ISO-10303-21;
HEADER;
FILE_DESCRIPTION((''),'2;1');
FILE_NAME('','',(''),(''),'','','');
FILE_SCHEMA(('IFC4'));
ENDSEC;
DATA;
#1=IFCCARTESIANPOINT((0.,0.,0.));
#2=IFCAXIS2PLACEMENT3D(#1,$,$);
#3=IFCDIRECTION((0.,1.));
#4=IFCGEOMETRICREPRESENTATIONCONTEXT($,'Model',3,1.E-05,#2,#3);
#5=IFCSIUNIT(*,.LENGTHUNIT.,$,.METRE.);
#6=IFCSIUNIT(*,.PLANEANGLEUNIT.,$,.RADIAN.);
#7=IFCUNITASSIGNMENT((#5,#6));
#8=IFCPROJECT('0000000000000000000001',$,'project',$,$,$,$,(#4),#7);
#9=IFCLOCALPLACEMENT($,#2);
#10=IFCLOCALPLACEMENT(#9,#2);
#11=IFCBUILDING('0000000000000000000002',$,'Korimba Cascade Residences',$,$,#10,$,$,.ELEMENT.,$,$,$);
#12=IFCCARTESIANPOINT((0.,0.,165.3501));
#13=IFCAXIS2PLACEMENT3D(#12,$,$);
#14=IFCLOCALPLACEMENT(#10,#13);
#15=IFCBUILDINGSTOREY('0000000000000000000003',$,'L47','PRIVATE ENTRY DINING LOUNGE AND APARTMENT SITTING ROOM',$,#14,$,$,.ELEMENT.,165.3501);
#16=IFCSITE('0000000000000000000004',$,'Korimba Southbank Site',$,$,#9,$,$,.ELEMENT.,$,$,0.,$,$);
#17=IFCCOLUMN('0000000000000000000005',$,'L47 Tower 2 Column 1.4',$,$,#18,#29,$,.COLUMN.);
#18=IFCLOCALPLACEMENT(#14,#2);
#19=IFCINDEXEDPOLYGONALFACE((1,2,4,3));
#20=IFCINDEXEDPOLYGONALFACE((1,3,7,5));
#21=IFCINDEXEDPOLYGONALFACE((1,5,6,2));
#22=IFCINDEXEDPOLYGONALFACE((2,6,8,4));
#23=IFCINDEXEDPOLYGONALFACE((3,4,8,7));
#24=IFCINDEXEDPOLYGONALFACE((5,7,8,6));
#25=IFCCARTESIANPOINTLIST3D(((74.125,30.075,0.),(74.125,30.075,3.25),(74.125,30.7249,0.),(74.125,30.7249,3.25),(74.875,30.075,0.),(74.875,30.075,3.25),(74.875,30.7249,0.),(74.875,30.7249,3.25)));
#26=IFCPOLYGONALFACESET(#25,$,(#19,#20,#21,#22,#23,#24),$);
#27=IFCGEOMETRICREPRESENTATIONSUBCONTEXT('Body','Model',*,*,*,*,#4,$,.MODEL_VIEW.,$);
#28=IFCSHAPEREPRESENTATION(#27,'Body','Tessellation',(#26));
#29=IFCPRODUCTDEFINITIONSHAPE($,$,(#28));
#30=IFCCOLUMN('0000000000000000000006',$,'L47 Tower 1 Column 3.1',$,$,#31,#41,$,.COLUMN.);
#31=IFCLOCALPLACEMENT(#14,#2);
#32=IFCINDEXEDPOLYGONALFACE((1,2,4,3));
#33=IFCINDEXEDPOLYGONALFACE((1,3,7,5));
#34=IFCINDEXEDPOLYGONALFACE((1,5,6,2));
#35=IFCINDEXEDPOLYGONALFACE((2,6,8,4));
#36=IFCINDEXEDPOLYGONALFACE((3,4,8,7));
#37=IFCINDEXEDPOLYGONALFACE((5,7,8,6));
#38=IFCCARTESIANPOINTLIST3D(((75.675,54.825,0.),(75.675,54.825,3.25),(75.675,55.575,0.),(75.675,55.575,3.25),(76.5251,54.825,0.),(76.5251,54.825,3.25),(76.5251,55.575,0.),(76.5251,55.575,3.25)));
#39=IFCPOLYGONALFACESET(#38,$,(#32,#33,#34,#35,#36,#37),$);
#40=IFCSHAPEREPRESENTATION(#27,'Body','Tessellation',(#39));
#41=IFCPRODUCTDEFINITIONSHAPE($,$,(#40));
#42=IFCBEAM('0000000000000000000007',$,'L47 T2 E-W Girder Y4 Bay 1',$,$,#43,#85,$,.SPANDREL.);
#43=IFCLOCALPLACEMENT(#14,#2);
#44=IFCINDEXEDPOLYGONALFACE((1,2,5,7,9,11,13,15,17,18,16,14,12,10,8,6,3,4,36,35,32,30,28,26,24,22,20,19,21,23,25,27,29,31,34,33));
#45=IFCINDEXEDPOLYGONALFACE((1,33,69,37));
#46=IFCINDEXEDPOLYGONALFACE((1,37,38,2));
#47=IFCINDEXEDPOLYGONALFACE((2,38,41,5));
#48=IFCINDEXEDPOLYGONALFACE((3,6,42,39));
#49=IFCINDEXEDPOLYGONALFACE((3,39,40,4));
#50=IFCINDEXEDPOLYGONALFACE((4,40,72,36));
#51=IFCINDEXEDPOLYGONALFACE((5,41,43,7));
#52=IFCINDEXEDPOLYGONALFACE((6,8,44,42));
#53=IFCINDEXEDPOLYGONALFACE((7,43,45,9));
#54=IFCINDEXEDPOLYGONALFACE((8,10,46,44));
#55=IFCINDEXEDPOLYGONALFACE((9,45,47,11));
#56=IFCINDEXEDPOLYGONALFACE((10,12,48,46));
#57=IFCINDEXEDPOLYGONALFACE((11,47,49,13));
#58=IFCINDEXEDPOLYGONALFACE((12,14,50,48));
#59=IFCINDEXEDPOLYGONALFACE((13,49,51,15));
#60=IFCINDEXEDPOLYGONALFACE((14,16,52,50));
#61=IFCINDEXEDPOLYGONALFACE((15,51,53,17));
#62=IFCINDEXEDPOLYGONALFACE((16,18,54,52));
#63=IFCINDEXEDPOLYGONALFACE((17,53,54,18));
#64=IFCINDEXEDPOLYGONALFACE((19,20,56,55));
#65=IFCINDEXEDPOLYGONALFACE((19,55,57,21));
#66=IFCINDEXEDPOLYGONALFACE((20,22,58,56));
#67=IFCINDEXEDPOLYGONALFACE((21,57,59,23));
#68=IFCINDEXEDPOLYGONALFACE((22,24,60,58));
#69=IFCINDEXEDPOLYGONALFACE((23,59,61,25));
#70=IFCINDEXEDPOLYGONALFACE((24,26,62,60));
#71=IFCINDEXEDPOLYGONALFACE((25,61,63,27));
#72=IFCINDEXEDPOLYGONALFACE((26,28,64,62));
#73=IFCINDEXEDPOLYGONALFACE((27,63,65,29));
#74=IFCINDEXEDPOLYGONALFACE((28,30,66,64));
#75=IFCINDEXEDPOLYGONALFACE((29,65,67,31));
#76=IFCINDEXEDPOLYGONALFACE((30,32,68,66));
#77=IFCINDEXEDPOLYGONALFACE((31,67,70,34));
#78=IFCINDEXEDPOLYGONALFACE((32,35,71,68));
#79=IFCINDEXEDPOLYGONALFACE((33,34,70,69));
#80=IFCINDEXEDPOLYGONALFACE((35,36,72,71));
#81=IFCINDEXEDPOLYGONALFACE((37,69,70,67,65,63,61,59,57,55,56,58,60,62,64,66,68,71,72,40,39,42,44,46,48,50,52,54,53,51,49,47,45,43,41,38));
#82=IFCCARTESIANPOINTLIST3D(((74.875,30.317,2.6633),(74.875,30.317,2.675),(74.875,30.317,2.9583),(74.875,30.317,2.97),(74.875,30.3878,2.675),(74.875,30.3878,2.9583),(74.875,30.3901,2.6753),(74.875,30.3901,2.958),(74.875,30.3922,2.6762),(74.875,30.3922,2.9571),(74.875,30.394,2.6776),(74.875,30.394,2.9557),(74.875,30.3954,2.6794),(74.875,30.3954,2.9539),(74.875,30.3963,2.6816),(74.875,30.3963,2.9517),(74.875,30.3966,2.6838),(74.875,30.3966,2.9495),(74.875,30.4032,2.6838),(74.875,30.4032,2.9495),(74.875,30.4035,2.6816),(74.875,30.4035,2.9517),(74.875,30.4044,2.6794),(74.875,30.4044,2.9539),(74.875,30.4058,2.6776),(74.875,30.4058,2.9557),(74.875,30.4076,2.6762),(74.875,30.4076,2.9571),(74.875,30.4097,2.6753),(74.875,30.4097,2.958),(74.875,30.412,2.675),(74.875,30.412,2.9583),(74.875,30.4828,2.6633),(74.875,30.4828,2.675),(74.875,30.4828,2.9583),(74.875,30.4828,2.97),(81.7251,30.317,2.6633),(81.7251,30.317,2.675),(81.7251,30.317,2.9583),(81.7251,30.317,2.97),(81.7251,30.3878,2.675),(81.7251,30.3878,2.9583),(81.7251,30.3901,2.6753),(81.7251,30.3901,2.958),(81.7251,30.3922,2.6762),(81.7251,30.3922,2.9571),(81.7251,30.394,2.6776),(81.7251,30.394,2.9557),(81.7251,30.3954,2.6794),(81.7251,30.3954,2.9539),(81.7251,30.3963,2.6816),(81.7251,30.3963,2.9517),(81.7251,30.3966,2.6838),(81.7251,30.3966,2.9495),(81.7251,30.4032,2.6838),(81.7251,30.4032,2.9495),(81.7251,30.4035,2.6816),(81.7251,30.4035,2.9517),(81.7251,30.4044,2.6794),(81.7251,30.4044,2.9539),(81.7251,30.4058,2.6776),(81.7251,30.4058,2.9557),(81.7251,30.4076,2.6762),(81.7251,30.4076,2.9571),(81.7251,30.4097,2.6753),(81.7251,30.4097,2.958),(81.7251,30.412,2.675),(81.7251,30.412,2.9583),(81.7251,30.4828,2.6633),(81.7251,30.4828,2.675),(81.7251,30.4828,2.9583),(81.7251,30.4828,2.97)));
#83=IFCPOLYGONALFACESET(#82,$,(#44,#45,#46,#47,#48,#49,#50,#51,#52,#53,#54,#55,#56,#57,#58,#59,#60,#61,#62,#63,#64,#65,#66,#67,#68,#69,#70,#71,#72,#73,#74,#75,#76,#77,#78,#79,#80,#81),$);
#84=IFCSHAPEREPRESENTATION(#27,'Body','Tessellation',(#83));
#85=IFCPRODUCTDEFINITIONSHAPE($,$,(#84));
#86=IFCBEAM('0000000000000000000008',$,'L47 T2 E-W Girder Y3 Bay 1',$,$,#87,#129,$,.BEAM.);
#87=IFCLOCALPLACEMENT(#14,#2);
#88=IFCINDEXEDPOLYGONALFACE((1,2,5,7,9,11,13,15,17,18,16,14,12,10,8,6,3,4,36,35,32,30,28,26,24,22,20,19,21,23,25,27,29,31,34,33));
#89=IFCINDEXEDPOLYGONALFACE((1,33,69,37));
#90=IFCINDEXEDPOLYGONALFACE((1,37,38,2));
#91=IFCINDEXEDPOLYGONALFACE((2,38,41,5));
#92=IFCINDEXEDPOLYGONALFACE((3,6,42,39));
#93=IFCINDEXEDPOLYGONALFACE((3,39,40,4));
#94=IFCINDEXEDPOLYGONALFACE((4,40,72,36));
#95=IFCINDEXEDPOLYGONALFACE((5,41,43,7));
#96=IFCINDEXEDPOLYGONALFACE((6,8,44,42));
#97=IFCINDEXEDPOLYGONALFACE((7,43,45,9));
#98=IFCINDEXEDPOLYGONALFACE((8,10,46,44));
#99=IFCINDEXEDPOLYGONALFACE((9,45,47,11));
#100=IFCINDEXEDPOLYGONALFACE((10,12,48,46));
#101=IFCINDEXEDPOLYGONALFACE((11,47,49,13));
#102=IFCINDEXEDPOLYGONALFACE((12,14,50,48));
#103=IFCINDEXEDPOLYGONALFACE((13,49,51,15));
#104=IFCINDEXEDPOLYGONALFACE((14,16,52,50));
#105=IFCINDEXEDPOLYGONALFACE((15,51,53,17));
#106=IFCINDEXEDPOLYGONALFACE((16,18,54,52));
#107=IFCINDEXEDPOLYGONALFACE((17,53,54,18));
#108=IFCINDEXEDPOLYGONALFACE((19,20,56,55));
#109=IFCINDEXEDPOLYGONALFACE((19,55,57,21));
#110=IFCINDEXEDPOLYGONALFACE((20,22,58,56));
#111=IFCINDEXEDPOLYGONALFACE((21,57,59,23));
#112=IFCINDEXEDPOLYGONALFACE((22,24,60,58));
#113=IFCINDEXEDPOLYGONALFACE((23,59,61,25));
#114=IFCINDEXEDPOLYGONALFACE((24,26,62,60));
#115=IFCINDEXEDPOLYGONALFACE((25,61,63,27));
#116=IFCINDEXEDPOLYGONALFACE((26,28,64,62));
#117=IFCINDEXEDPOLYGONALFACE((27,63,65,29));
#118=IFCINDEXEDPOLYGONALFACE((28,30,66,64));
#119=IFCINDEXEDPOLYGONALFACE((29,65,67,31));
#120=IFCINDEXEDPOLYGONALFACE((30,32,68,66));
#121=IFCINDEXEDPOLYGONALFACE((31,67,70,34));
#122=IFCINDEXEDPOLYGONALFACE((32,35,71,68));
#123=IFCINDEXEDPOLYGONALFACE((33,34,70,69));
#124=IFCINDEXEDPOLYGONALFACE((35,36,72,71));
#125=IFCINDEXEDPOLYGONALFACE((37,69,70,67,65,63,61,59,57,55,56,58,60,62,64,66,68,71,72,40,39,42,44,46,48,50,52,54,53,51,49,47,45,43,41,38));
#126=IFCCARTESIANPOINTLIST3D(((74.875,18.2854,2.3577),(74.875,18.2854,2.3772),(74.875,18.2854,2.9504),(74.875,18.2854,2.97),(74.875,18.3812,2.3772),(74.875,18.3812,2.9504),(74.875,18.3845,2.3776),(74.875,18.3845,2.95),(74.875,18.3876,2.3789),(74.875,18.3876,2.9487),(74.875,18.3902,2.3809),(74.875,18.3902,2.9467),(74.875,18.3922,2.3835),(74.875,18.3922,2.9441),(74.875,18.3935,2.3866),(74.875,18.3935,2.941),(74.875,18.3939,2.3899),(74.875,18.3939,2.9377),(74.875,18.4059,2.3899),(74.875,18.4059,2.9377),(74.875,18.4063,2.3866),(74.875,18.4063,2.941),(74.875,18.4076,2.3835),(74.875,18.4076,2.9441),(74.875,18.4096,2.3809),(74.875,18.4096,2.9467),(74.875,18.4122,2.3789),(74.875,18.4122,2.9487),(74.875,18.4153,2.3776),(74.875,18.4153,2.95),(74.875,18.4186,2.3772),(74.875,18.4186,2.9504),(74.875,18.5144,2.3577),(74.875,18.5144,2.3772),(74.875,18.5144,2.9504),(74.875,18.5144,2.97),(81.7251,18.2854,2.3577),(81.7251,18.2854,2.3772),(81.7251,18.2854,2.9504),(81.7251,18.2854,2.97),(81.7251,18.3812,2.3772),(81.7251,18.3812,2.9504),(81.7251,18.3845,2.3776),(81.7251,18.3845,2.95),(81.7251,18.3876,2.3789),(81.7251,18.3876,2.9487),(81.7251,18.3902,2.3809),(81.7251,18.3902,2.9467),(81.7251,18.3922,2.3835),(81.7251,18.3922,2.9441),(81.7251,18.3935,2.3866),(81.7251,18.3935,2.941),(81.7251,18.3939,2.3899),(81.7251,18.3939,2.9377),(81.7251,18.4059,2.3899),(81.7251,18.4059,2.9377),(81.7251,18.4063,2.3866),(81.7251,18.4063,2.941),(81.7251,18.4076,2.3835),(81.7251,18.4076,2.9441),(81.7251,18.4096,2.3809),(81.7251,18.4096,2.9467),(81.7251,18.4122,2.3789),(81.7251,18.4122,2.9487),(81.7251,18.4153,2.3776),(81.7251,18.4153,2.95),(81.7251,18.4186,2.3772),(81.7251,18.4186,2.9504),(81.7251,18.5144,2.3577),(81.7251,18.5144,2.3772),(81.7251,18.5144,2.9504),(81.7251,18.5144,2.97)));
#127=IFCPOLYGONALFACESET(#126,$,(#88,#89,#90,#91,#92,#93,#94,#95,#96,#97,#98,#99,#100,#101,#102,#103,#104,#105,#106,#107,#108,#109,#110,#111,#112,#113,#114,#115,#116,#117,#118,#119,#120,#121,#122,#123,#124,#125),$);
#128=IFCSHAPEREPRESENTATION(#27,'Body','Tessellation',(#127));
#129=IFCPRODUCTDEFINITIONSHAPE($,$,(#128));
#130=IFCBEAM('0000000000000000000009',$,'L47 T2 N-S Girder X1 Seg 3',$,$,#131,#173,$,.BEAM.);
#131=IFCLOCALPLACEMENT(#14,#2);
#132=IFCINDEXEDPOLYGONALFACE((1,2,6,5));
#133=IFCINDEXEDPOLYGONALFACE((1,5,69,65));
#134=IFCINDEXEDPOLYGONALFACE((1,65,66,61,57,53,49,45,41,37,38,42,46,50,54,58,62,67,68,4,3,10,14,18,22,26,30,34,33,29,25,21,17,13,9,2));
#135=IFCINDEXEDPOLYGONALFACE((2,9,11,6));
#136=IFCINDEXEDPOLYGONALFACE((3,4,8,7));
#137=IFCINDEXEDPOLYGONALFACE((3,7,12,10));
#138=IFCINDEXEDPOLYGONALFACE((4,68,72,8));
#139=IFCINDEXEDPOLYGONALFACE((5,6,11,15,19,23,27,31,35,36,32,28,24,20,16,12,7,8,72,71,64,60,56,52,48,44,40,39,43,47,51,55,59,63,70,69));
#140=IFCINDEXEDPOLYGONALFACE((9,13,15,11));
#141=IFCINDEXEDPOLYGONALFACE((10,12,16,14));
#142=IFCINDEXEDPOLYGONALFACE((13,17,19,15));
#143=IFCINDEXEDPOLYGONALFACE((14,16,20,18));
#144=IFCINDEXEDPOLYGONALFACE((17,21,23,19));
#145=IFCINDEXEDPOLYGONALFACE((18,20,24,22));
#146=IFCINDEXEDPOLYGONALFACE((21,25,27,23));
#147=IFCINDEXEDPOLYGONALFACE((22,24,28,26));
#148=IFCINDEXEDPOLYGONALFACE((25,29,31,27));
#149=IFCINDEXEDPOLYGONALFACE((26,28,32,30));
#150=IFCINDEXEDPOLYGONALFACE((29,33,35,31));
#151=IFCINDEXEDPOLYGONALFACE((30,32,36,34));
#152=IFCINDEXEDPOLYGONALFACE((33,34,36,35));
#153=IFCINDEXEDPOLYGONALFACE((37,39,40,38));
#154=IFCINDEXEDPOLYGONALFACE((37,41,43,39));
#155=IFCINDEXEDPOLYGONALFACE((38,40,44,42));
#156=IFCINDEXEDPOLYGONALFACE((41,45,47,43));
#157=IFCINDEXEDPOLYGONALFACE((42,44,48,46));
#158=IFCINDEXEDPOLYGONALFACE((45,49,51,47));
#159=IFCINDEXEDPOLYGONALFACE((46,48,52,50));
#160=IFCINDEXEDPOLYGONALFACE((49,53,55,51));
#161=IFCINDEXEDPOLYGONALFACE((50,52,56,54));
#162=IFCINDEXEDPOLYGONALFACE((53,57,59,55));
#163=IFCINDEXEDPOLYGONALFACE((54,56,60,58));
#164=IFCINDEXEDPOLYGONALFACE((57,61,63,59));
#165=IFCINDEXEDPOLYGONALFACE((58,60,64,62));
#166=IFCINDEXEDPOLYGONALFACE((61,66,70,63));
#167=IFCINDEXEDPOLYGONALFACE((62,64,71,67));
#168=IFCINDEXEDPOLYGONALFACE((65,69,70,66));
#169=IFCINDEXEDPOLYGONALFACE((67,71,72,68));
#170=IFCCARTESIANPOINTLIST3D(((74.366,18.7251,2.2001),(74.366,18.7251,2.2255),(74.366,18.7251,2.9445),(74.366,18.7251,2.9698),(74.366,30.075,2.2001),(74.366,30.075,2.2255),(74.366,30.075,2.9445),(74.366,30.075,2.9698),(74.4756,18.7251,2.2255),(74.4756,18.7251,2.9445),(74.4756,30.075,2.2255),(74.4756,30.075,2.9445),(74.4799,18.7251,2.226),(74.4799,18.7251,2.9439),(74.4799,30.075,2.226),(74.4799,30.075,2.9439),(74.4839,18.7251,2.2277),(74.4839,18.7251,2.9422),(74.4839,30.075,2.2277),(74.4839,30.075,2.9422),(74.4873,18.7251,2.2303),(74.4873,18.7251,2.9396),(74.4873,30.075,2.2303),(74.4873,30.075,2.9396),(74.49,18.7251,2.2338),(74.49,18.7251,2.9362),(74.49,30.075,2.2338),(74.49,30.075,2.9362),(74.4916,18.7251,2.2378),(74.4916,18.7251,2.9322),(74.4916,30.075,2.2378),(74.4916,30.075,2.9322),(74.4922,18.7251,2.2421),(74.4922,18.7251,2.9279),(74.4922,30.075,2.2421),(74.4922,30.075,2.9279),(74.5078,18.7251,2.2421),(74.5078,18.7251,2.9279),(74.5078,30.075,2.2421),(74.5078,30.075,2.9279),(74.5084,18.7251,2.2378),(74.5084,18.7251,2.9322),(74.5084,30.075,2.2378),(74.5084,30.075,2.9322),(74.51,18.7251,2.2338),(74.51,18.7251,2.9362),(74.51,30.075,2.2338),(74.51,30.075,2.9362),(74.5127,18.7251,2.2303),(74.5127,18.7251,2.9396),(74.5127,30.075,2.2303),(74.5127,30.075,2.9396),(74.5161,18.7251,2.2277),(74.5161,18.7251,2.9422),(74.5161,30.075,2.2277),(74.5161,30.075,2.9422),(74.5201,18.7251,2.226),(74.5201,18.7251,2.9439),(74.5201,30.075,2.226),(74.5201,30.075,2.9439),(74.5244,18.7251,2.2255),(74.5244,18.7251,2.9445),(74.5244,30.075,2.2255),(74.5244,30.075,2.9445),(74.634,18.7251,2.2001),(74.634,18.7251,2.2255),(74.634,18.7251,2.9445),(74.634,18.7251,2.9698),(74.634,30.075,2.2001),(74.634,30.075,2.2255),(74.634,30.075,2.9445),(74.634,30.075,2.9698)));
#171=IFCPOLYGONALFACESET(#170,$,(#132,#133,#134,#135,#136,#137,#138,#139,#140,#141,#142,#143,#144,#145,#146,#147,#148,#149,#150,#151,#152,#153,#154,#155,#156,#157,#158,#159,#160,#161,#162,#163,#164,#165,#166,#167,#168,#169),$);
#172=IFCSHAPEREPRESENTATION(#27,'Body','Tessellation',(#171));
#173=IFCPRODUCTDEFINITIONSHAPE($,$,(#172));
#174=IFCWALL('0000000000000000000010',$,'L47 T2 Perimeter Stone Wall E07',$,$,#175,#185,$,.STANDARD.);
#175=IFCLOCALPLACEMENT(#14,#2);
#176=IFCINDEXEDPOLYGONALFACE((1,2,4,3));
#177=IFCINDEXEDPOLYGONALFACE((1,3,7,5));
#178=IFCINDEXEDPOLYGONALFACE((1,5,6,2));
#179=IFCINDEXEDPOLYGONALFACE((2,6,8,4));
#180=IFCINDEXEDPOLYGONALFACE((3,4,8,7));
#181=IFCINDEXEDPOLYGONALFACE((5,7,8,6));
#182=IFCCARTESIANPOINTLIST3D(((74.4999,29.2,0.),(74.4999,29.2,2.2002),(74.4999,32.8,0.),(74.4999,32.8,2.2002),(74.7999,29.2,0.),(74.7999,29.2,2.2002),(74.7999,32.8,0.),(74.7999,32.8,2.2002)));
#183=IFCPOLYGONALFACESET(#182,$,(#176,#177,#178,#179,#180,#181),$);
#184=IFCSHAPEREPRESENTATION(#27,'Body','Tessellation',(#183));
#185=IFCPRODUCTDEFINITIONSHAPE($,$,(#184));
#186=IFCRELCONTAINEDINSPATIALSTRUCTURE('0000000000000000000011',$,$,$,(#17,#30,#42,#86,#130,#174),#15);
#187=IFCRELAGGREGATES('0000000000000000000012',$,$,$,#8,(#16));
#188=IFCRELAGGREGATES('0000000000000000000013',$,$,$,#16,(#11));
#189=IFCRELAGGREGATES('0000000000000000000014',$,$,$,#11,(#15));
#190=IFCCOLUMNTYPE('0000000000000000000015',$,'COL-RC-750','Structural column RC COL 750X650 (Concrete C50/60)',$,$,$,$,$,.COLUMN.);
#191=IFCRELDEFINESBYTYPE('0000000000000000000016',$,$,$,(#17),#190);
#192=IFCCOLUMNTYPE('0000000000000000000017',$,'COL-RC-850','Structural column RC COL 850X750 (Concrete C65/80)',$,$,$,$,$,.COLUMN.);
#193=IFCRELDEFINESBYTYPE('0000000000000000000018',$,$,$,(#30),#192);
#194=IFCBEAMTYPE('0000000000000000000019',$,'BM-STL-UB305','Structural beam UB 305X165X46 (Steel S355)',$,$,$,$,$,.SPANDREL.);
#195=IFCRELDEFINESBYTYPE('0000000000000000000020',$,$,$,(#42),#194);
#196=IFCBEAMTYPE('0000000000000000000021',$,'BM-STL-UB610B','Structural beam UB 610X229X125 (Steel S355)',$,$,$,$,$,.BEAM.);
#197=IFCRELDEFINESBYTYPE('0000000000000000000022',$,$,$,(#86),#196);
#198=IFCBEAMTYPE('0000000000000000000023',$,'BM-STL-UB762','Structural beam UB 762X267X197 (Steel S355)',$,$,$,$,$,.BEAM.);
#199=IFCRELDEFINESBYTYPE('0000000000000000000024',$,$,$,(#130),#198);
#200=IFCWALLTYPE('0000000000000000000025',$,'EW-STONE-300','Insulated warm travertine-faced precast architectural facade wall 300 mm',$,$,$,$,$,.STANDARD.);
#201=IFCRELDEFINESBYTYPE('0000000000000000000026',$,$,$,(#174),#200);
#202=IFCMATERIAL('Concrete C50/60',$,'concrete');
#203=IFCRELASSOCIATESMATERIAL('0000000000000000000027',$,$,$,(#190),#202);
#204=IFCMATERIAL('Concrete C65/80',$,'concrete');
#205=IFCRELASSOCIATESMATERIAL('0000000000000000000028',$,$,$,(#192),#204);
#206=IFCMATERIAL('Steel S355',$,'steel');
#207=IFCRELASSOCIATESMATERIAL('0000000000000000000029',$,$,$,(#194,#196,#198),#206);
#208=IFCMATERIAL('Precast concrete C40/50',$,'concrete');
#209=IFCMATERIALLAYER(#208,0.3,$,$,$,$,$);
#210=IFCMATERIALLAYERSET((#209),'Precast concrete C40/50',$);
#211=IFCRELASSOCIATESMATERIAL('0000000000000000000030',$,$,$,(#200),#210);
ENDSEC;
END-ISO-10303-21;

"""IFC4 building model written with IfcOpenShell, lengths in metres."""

from ifc_helpers import new_model, si_unit, direction, frame, frame_2d, origin, origin_2d, place, context, subcontext, project, spatial, rectangle, i_section, extrude, material, layer, layer_set, material_profile, profile_set, type_object, element, save


model = new_model("IFC4")

# Units and contexts
model_context = context("Model", 3, precision=1e-05, world=origin(), true_north=direction((0.0, 1.0)))
body_context = subcontext(model_context, "Body", "Model", "MODEL_VIEW")
ifc_project = project(units=[si_unit("LENGTHUNIT", "METRE"), si_unit("PLANEANGLEUNIT", "RADIAN")], contexts=[model_context])

# Site, building, storey
site_placement = place(None, origin())
site = spatial("IfcSite", under=ifc_project, at=site_placement, Name="Korimba Southbank Site", CompositionType="ELEMENT", RefElevation=0.0)
building_placement = place(site_placement, origin())
building = spatial("IfcBuilding", under=site, at=building_placement, Name="Korimba Cascade Residences", CompositionType="ELEMENT")
storey_placement = place(building_placement, frame((0.0, 0.0, 165.3501)))
storey = spatial("IfcBuildingStorey", under=building, at=storey_placement, Name="L47", Description="PRIVATE ENTRY DINING LOUNGE AND APARTMENT SITTING ROOM", CompositionType="ELEMENT", Elevation=165.3501)

# Columns
ifc_material_1 = material(Name="Concrete C50/60", Category="concrete")
ifc_material_profile_1 = material_profile(ifc_material_1, rectangle(XDim=0.75, YDim=0.6499, at=origin_2d()), Name="Concrete C50/60")
ifc_profile_set_1 = profile_set([ifc_material_profile_1], Name="Concrete C50/60")
column_type_1 = type_object("IfcColumnType", Name="COL-RC-750", Description="Structural column RC COL 750X650 (Concrete C50/60)", PredefinedType="COLUMN", material=ifc_profile_set_1)
column_1_placement = place(storey_placement, frame((74.5, 30.3999, 0.0), z_axis=(0.0, 0.0, 1.0), x_axis=(1.0, 0.0, 0.0)))
element("IfcColumn", 1, at=column_1_placement, inside=storey, type_object=column_type_1, Name="L47 Tower 2 Column 1.4", PredefinedType="COLUMN", context=body_context, shape_type="SweptSolid", body=[
    extrude(rectangle(XDim=0.75, YDim=0.6499, at=origin_2d()), origin(), (0.0, 0.0, 1.0), 3.25),
])
ifc_material_2 = material(Name="Concrete C65/80", Category="concrete")
ifc_material_profile_2 = material_profile(ifc_material_2, rectangle(XDim=0.8501, YDim=0.75, at=origin_2d()), Name="Concrete C65/80")
ifc_profile_set_2 = profile_set([ifc_material_profile_2], Name="Concrete C65/80")
column_type_2 = type_object("IfcColumnType", Name="COL-RC-850", Description="Structural column RC COL 850X750 (Concrete C65/80)", PredefinedType="COLUMN", material=ifc_profile_set_2)
column_2_placement = place(storey_placement, frame((76.1001, 55.2, 0.0), z_axis=(0.0, 0.0, 1.0), x_axis=(1.0, 0.0, 0.0)))
element("IfcColumn", 2, at=column_2_placement, inside=storey, type_object=column_type_2, Name="L47 Tower 1 Column 3.1", PredefinedType="COLUMN", context=body_context, shape_type="SweptSolid", body=[
    extrude(rectangle(XDim=0.8501, YDim=0.75, at=origin_2d()), origin(), (0.0, 0.0, 1.0), 3.25),
])

# Beams
ifc_material_3 = material(Name="Steel S355", Category="steel")
ifc_material_profile_3 = material_profile(ifc_material_3, i_section(OverallWidth=0.1658, OverallDepth=0.3066, WebThickness=0.0066, FlangeThickness=0.0117, FilletRadius=0.0088, at=origin_2d()), Name="Steel S355")
ifc_profile_set_3 = profile_set([ifc_material_profile_3], Name="Steel S355")
beam_type_1 = type_object("IfcBeamType", Name="BM-STL-UB305", Description="Structural beam UB 305X165X46 (Steel S355)", PredefinedType="SPANDREL", material=ifc_profile_set_3)
beam_1_placement = place(storey_placement, frame((74.875, 30.3999, 2.8167), z_axis=(1.0, 0.0, 0.0), x_axis=(0.0, 1.0, 0.0)))
element("IfcBeam", 3, at=beam_1_placement, inside=storey, type_object=beam_type_1, Name="L47 T2 E-W Girder Y4 Bay 1", PredefinedType="SPANDREL", context=body_context, shape_type="SweptSolid", body=[
    extrude(i_section(OverallWidth=0.1658, OverallDepth=0.3066, WebThickness=0.0066, FlangeThickness=0.0117, FilletRadius=0.0088, at=origin_2d()), origin(), (0.0, 0.0, 1.0), 6.8501),
])
ifc_material_profile_4 = material_profile(ifc_material_3, i_section(OverallWidth=0.229, OverallDepth=0.6123, WebThickness=0.012, FlangeThickness=0.0195, FilletRadius=0.0127, at=origin_2d()), Name="Steel S355")
ifc_profile_set_4 = profile_set([ifc_material_profile_4], Name="Steel S355")
beam_type_2 = type_object("IfcBeamType", Name="BM-STL-UB610B", Description="Structural beam UB 610X229X125 (Steel S355)", PredefinedType="BEAM", material=ifc_profile_set_4)
beam_2_placement = place(storey_placement, frame((74.875, 18.3999, 2.6638), z_axis=(1.0, 0.0, 0.0), x_axis=(0.0, 1.0, 0.0)))
element("IfcBeam", 4, at=beam_2_placement, inside=storey, type_object=beam_type_2, Name="L47 T2 E-W Girder Y3 Bay 1", PredefinedType="BEAM", context=body_context, shape_type="SweptSolid", body=[
    extrude(i_section(OverallWidth=0.229, OverallDepth=0.6123, WebThickness=0.012, FlangeThickness=0.0195, FilletRadius=0.0127, at=origin_2d()), origin(), (0.0, 0.0, 1.0), 6.8501),
])
ifc_material_profile_5 = material_profile(ifc_material_3, i_section(OverallWidth=0.2681, OverallDepth=0.7698, WebThickness=0.0156, FlangeThickness=0.0254, FilletRadius=0.0166, at=origin_2d()), Name="Steel S355")
ifc_profile_set_5 = profile_set([ifc_material_profile_5], Name="Steel S355")
beam_type_3 = type_object("IfcBeamType", Name="BM-STL-UB762", Description="Structural beam UB 762X267X197 (Steel S355)", PredefinedType="BEAM", material=ifc_profile_set_5)
beam_3_placement = place(storey_placement, frame((74.5, 18.7251, 2.585), z_axis=(0.0, 1.0, 0.0), x_axis=(-1.0, 0.0, 0.0)))
element("IfcBeam", 5, at=beam_3_placement, inside=storey, type_object=beam_type_3, Name="L47 T2 N-S Girder X1 Seg 3", PredefinedType="BEAM", context=body_context, shape_type="SweptSolid", body=[
    extrude(i_section(OverallWidth=0.2681, OverallDepth=0.7698, WebThickness=0.0156, FlangeThickness=0.0254, FilletRadius=0.0166, at=origin_2d()), origin(), (0.0, 0.0, 1.0), 11.3499),
])

# Wall
ifc_material_4 = material(Name="Precast concrete C40/50", Category="concrete")
ifc_layer_1 = layer(ifc_material_4, 0.3)
ifc_layer_set_1 = layer_set([ifc_layer_1], Name="Precast concrete C40/50")
wall_type_1 = type_object("IfcWallType", Name="EW-STONE-300", Description="Insulated warm travertine-faced precast architectural facade wall 300 mm", PredefinedType="STANDARD", material=ifc_layer_set_1)
wall_1_placement = place(storey_placement, frame((74.6499, 32.8, 0.0), z_axis=(0.0, 0.0, 1.0), x_axis=(0.0, -1.0, 0.0)))
element("IfcWall", 6, at=wall_1_placement, inside=storey, type_object=wall_type_1, Name="L47 T2 Perimeter Stone Wall E07", PredefinedType="STANDARD", context=body_context, shape_type="SweptSolid", body=[
    extrude(rectangle(XDim=3.6001, YDim=0.3, at=frame_2d((1.8, 0.0))), origin(), (0.0, 0.0, 1.0), 2.2002),
])

save(model, "model.ifc")
